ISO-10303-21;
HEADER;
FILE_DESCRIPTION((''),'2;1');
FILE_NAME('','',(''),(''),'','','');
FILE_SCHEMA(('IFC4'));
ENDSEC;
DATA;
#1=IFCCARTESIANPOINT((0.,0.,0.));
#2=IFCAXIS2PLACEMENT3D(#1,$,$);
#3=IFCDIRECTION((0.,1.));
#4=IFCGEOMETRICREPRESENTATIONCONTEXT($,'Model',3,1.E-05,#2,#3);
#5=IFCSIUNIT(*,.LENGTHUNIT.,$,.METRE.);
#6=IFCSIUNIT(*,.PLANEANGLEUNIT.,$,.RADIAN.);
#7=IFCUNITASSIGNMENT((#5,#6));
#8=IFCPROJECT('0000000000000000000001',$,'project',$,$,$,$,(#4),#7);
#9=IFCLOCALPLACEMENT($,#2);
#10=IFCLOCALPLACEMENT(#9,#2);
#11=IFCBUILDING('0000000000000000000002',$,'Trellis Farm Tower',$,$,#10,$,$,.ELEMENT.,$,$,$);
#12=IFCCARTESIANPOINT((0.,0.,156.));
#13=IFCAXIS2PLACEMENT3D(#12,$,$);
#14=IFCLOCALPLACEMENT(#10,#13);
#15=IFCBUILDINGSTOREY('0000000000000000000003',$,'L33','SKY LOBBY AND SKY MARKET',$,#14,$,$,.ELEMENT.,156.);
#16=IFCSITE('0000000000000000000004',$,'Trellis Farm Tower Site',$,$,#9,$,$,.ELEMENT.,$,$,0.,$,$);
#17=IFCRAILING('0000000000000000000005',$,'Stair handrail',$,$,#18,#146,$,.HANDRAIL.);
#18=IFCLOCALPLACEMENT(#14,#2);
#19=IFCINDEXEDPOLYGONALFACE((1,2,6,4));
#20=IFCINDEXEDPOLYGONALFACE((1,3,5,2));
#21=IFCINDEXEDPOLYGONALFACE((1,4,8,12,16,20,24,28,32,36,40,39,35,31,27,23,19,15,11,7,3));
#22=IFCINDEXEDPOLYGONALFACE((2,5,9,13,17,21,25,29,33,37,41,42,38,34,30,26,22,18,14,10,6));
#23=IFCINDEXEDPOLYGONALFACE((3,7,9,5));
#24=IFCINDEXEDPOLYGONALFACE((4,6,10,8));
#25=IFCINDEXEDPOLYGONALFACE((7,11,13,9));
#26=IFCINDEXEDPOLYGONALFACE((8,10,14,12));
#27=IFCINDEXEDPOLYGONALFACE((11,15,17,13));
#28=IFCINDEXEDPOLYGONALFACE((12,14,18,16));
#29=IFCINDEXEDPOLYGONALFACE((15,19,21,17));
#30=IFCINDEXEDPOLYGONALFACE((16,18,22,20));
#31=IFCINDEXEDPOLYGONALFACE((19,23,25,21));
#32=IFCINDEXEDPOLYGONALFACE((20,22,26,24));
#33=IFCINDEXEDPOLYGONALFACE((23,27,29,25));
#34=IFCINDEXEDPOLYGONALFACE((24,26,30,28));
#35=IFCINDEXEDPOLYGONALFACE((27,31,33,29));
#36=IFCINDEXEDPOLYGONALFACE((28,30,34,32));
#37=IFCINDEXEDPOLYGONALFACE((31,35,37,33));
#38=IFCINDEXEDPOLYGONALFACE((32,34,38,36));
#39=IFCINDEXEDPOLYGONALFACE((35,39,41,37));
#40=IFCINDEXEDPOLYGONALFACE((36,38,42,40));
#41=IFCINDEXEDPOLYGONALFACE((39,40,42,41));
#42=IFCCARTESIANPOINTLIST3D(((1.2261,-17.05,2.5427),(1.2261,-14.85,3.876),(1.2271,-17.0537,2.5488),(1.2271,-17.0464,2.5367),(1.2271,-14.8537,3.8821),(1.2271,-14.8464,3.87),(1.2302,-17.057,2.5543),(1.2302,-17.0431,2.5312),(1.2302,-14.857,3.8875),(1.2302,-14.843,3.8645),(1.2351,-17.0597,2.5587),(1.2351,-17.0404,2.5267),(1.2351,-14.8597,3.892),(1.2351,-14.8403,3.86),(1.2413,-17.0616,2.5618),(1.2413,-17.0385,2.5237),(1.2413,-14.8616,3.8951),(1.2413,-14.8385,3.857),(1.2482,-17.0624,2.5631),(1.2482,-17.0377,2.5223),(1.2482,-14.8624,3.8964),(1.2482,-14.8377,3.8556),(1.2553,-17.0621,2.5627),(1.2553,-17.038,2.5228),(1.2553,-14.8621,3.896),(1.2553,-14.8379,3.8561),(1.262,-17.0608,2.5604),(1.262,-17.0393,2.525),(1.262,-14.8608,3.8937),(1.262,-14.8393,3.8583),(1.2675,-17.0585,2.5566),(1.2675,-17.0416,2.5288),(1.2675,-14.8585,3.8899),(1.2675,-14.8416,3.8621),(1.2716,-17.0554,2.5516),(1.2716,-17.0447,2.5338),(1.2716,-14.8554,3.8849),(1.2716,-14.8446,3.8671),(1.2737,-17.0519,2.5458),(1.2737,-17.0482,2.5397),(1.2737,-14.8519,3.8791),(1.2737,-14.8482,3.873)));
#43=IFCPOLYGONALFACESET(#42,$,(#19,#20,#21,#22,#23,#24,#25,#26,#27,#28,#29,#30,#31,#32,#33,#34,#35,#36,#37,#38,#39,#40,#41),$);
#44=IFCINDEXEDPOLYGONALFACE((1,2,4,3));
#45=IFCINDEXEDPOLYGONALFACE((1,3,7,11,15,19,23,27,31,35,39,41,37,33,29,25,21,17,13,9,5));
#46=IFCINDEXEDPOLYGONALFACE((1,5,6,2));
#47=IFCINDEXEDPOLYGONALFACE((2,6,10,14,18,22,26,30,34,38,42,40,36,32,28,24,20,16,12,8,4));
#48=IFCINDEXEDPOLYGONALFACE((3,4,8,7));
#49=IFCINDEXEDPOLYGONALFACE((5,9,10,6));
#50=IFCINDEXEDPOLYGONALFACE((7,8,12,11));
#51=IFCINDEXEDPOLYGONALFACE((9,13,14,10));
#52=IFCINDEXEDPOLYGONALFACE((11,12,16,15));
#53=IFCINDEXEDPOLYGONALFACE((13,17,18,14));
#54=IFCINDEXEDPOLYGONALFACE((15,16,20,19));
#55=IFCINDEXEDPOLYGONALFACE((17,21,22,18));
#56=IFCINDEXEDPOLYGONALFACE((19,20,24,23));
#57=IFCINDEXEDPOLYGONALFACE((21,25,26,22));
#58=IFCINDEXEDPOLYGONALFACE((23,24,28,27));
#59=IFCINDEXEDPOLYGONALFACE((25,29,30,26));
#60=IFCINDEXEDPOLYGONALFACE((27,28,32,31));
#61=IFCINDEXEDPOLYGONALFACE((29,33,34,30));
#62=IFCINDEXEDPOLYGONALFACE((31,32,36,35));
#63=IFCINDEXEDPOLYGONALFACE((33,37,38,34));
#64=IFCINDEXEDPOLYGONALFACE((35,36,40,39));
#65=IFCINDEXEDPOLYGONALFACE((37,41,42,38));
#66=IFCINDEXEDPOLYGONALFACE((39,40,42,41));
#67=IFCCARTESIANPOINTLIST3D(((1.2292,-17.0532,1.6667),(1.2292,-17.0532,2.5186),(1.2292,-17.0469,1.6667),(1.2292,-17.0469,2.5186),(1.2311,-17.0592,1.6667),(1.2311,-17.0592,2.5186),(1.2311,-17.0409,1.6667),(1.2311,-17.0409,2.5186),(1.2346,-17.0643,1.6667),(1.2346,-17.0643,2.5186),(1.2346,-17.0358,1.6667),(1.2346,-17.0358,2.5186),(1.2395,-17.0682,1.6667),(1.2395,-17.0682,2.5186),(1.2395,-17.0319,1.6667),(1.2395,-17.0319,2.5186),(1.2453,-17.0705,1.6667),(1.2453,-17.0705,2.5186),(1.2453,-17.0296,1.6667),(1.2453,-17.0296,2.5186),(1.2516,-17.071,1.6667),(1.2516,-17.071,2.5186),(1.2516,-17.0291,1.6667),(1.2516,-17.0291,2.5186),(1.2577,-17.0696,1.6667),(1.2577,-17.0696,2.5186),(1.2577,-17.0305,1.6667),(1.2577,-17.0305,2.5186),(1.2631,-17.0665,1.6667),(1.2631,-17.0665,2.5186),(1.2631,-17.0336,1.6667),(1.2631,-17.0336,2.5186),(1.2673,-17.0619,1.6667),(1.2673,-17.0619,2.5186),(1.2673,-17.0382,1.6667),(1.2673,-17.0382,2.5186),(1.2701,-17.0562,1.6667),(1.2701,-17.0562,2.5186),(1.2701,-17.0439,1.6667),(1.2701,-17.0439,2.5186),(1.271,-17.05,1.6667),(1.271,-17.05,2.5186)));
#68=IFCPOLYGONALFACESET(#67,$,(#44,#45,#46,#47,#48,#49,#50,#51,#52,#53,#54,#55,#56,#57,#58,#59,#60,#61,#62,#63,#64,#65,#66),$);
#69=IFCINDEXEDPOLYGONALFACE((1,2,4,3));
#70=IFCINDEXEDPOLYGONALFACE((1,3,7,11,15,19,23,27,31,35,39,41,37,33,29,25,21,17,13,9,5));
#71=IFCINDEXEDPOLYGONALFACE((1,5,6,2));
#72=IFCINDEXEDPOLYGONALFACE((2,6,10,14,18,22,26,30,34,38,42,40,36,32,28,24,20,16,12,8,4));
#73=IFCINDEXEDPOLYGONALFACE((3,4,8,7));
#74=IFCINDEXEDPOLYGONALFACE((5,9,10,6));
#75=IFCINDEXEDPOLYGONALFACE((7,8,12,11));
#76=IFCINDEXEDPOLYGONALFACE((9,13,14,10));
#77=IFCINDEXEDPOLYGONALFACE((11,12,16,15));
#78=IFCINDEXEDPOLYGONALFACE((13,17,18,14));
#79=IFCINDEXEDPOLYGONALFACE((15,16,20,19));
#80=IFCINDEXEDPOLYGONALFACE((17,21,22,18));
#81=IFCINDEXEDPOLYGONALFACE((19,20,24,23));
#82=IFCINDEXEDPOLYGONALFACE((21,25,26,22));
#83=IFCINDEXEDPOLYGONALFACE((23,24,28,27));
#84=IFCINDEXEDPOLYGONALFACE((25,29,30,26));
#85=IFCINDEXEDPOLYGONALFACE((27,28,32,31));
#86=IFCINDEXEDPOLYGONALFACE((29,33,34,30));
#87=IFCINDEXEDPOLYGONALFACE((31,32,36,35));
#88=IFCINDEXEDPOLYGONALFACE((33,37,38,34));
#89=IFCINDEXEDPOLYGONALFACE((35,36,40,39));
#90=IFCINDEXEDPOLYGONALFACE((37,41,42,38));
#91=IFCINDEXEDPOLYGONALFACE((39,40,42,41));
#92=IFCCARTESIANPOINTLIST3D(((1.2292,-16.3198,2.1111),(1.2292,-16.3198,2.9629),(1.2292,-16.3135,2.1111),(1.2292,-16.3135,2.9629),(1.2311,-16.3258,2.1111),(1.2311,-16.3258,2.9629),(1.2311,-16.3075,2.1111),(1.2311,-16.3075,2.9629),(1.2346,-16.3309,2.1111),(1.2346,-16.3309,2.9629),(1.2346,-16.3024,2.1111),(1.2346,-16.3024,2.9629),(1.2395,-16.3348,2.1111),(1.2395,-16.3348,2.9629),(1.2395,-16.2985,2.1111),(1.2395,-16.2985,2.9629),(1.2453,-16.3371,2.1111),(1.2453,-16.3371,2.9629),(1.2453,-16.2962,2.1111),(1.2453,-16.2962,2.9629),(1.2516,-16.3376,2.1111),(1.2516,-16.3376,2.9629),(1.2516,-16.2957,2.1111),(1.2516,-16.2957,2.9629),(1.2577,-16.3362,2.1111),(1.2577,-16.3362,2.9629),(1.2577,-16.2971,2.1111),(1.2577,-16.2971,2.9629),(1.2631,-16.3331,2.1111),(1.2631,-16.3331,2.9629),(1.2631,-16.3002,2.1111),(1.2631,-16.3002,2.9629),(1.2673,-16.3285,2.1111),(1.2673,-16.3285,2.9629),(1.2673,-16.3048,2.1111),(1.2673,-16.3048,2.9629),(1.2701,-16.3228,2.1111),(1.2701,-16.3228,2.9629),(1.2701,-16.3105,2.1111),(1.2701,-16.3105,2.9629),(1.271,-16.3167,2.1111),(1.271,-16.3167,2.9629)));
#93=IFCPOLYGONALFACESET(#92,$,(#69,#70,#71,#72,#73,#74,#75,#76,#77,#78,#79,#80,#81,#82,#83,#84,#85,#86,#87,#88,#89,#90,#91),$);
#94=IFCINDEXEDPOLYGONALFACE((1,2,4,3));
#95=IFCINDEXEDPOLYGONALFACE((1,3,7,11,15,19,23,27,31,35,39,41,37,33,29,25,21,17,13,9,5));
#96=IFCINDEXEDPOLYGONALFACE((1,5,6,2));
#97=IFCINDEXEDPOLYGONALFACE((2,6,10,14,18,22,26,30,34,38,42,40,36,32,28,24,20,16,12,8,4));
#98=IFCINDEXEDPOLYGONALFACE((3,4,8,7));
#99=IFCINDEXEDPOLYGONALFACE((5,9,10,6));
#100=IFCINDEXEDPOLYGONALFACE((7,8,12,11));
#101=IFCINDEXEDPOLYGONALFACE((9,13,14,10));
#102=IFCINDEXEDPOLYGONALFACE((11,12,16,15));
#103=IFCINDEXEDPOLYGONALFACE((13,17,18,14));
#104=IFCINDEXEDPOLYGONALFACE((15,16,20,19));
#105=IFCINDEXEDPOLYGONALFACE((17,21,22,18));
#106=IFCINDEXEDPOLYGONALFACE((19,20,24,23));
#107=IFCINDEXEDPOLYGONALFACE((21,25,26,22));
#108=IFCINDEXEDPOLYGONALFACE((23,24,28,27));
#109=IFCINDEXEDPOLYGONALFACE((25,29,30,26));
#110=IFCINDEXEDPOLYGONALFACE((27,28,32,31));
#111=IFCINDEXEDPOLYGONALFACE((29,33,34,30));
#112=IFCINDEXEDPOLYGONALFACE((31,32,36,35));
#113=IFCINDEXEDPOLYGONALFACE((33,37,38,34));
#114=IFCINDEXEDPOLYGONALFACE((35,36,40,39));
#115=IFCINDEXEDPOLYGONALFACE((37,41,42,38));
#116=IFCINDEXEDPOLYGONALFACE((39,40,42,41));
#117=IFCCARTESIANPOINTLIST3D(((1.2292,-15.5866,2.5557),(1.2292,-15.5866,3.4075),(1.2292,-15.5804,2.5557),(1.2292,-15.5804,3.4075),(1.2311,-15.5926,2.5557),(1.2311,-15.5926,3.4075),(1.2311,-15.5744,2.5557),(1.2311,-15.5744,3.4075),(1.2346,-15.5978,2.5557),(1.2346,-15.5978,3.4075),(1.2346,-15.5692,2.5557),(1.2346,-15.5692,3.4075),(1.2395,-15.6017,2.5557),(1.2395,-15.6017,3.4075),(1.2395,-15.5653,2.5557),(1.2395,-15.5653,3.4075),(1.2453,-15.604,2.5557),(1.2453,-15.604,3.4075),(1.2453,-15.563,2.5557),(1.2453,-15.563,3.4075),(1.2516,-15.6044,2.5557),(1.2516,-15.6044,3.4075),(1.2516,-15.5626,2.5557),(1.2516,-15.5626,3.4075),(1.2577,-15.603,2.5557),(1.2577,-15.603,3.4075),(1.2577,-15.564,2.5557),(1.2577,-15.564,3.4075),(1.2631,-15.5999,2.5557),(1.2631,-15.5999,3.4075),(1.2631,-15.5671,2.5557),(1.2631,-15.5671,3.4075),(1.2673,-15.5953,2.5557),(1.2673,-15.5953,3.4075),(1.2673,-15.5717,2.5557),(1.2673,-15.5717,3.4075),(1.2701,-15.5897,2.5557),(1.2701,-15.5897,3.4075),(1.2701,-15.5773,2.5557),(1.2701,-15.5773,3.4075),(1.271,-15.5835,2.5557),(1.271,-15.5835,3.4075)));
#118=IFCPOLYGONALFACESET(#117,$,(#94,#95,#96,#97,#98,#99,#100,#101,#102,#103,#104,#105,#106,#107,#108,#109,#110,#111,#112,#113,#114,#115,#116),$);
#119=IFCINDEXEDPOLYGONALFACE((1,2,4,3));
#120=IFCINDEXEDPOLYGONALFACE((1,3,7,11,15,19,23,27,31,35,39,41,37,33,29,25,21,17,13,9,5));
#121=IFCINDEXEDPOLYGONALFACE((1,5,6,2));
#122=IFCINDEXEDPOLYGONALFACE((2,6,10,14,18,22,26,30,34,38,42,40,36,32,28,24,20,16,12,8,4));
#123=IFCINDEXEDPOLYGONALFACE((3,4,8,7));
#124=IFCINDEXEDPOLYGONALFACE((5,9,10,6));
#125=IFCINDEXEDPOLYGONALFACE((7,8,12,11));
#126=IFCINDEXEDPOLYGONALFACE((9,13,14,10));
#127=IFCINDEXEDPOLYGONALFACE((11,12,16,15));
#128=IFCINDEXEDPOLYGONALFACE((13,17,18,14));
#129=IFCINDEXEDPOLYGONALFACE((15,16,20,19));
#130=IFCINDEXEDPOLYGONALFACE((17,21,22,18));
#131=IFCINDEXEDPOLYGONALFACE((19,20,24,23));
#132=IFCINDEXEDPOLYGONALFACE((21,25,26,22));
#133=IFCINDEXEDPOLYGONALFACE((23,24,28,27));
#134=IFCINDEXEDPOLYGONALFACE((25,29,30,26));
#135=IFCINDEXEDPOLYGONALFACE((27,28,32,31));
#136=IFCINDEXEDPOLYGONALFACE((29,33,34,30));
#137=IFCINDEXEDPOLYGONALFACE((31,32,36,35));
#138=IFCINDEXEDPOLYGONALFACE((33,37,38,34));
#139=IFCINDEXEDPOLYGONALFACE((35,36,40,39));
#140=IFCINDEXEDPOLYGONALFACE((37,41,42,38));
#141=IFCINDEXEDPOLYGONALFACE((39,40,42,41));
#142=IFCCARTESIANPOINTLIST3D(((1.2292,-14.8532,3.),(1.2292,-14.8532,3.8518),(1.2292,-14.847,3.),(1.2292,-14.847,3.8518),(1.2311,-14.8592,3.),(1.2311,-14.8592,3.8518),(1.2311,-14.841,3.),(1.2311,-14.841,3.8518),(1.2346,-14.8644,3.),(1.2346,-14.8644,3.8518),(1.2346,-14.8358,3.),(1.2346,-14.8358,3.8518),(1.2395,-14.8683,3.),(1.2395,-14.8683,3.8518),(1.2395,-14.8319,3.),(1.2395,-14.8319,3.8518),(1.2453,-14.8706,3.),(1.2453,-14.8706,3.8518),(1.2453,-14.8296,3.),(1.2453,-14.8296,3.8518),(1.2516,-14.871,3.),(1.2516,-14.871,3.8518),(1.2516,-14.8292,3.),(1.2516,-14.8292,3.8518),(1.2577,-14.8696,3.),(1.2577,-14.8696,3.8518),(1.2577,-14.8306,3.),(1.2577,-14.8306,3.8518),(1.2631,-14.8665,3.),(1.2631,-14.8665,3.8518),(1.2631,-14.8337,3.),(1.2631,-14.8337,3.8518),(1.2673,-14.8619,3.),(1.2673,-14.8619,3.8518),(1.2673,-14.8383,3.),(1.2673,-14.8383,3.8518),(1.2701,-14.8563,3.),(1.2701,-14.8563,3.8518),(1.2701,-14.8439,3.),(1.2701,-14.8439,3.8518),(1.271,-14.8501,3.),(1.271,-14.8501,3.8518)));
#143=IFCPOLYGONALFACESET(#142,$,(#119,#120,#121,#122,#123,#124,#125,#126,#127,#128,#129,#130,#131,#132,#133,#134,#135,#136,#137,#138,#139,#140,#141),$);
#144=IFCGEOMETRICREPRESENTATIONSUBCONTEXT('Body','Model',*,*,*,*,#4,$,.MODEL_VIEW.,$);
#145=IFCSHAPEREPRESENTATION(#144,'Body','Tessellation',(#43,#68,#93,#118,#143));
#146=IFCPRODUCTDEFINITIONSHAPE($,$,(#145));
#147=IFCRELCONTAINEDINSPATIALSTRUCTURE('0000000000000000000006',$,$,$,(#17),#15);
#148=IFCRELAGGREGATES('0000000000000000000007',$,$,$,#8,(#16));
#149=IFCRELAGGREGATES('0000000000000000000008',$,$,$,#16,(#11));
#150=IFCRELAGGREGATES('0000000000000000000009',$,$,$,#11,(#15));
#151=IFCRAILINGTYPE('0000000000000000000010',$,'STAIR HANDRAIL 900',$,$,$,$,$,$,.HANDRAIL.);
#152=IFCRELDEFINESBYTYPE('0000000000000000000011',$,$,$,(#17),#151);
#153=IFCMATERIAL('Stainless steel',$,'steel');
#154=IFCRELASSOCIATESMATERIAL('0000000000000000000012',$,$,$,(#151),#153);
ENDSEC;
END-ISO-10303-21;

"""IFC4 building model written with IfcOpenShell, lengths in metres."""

from ifc_helpers import new_model, si_unit, direction, frame, origin, origin_2d, place, context, subcontext, project, spatial, circle, extrude, source, transform, mapped, material, type_object, element, save


model = new_model("IFC4")

# Units and contexts
model_context = context("Model", 3, precision=1e-05, world=origin(), true_north=direction((0.0, 1.0)))
body_context = subcontext(model_context, "Body", "Model", "MODEL_VIEW")
ifc_project = project(units=[si_unit("LENGTHUNIT", "METRE"), si_unit("PLANEANGLEUNIT", "RADIAN")], contexts=[model_context])

# Site, building, storey
site_placement = place(None, origin())
site = spatial("IfcSite", under=ifc_project, at=site_placement, Name="Trellis Farm Tower Site", CompositionType="ELEMENT", RefElevation=0.0)
building_placement = place(site_placement, origin())
building = spatial("IfcBuilding", under=site, at=building_placement, Name="Trellis Farm Tower", CompositionType="ELEMENT")
storey_placement = place(building_placement, frame((0.0, 0.0, 156.0)))
storey = spatial("IfcBuildingStorey", under=building, at=storey_placement, Name="L33", Description="SKY LOBBY AND SKY MARKET", CompositionType="ELEMENT", Elevation=156.0)

# Railing
ifc_material_1 = material(Name="Stainless steel", Category="steel")
railing_type = type_object("IfcRailingType", Name="STAIR HANDRAIL 900", PredefinedType="HANDRAIL", material=ifc_material_1)
shared_shape_1 = source(origin(), body_context, "Body", "SweptSolid", [
    extrude(circle(Radius=0.0239, at=origin_2d()), frame((0.0, 0.0, 0.876), z_axis=(0.0, 0.855207, 0.518287), x_axis=(-1.0, 0.0, 0.0)), (0.0, 0.0, 1.0), 2.5725),
    extrude(circle(Radius=0.021, at=origin_2d()), origin(), (0.0, 0.0, 1.0), 0.8518),
    extrude(circle(Radius=0.021, at=origin_2d()), frame((0.0, 0.7334, 0.4443)), (0.0, 0.0, 1.0), 0.8518),
    extrude(circle(Radius=0.021, at=origin_2d()), frame((0.0, 1.4666, 0.8889)), (0.0, 0.0, 1.0), 0.8518),
    extrude(circle(Radius=0.021, at=origin_2d()), frame((0.0, 2.2, 1.3333)), (0.0, 0.0, 1.0), 0.8518),
])
for number, where, name in (
    (1, (1.25, -17.05, 1.6667), "Stair handrail"),
):
    element("IfcRailing", number, at=place(storey_placement, frame(where)), inside=storey, type_object=railing_type, Name=name, PredefinedType="HANDRAIL", context=body_context, shape_type="MappedRepresentation", body=[
        mapped(shared_shape_1, transform((0.0, 0.0, 0.0))),
    ])

save(model, "model.ifc")
